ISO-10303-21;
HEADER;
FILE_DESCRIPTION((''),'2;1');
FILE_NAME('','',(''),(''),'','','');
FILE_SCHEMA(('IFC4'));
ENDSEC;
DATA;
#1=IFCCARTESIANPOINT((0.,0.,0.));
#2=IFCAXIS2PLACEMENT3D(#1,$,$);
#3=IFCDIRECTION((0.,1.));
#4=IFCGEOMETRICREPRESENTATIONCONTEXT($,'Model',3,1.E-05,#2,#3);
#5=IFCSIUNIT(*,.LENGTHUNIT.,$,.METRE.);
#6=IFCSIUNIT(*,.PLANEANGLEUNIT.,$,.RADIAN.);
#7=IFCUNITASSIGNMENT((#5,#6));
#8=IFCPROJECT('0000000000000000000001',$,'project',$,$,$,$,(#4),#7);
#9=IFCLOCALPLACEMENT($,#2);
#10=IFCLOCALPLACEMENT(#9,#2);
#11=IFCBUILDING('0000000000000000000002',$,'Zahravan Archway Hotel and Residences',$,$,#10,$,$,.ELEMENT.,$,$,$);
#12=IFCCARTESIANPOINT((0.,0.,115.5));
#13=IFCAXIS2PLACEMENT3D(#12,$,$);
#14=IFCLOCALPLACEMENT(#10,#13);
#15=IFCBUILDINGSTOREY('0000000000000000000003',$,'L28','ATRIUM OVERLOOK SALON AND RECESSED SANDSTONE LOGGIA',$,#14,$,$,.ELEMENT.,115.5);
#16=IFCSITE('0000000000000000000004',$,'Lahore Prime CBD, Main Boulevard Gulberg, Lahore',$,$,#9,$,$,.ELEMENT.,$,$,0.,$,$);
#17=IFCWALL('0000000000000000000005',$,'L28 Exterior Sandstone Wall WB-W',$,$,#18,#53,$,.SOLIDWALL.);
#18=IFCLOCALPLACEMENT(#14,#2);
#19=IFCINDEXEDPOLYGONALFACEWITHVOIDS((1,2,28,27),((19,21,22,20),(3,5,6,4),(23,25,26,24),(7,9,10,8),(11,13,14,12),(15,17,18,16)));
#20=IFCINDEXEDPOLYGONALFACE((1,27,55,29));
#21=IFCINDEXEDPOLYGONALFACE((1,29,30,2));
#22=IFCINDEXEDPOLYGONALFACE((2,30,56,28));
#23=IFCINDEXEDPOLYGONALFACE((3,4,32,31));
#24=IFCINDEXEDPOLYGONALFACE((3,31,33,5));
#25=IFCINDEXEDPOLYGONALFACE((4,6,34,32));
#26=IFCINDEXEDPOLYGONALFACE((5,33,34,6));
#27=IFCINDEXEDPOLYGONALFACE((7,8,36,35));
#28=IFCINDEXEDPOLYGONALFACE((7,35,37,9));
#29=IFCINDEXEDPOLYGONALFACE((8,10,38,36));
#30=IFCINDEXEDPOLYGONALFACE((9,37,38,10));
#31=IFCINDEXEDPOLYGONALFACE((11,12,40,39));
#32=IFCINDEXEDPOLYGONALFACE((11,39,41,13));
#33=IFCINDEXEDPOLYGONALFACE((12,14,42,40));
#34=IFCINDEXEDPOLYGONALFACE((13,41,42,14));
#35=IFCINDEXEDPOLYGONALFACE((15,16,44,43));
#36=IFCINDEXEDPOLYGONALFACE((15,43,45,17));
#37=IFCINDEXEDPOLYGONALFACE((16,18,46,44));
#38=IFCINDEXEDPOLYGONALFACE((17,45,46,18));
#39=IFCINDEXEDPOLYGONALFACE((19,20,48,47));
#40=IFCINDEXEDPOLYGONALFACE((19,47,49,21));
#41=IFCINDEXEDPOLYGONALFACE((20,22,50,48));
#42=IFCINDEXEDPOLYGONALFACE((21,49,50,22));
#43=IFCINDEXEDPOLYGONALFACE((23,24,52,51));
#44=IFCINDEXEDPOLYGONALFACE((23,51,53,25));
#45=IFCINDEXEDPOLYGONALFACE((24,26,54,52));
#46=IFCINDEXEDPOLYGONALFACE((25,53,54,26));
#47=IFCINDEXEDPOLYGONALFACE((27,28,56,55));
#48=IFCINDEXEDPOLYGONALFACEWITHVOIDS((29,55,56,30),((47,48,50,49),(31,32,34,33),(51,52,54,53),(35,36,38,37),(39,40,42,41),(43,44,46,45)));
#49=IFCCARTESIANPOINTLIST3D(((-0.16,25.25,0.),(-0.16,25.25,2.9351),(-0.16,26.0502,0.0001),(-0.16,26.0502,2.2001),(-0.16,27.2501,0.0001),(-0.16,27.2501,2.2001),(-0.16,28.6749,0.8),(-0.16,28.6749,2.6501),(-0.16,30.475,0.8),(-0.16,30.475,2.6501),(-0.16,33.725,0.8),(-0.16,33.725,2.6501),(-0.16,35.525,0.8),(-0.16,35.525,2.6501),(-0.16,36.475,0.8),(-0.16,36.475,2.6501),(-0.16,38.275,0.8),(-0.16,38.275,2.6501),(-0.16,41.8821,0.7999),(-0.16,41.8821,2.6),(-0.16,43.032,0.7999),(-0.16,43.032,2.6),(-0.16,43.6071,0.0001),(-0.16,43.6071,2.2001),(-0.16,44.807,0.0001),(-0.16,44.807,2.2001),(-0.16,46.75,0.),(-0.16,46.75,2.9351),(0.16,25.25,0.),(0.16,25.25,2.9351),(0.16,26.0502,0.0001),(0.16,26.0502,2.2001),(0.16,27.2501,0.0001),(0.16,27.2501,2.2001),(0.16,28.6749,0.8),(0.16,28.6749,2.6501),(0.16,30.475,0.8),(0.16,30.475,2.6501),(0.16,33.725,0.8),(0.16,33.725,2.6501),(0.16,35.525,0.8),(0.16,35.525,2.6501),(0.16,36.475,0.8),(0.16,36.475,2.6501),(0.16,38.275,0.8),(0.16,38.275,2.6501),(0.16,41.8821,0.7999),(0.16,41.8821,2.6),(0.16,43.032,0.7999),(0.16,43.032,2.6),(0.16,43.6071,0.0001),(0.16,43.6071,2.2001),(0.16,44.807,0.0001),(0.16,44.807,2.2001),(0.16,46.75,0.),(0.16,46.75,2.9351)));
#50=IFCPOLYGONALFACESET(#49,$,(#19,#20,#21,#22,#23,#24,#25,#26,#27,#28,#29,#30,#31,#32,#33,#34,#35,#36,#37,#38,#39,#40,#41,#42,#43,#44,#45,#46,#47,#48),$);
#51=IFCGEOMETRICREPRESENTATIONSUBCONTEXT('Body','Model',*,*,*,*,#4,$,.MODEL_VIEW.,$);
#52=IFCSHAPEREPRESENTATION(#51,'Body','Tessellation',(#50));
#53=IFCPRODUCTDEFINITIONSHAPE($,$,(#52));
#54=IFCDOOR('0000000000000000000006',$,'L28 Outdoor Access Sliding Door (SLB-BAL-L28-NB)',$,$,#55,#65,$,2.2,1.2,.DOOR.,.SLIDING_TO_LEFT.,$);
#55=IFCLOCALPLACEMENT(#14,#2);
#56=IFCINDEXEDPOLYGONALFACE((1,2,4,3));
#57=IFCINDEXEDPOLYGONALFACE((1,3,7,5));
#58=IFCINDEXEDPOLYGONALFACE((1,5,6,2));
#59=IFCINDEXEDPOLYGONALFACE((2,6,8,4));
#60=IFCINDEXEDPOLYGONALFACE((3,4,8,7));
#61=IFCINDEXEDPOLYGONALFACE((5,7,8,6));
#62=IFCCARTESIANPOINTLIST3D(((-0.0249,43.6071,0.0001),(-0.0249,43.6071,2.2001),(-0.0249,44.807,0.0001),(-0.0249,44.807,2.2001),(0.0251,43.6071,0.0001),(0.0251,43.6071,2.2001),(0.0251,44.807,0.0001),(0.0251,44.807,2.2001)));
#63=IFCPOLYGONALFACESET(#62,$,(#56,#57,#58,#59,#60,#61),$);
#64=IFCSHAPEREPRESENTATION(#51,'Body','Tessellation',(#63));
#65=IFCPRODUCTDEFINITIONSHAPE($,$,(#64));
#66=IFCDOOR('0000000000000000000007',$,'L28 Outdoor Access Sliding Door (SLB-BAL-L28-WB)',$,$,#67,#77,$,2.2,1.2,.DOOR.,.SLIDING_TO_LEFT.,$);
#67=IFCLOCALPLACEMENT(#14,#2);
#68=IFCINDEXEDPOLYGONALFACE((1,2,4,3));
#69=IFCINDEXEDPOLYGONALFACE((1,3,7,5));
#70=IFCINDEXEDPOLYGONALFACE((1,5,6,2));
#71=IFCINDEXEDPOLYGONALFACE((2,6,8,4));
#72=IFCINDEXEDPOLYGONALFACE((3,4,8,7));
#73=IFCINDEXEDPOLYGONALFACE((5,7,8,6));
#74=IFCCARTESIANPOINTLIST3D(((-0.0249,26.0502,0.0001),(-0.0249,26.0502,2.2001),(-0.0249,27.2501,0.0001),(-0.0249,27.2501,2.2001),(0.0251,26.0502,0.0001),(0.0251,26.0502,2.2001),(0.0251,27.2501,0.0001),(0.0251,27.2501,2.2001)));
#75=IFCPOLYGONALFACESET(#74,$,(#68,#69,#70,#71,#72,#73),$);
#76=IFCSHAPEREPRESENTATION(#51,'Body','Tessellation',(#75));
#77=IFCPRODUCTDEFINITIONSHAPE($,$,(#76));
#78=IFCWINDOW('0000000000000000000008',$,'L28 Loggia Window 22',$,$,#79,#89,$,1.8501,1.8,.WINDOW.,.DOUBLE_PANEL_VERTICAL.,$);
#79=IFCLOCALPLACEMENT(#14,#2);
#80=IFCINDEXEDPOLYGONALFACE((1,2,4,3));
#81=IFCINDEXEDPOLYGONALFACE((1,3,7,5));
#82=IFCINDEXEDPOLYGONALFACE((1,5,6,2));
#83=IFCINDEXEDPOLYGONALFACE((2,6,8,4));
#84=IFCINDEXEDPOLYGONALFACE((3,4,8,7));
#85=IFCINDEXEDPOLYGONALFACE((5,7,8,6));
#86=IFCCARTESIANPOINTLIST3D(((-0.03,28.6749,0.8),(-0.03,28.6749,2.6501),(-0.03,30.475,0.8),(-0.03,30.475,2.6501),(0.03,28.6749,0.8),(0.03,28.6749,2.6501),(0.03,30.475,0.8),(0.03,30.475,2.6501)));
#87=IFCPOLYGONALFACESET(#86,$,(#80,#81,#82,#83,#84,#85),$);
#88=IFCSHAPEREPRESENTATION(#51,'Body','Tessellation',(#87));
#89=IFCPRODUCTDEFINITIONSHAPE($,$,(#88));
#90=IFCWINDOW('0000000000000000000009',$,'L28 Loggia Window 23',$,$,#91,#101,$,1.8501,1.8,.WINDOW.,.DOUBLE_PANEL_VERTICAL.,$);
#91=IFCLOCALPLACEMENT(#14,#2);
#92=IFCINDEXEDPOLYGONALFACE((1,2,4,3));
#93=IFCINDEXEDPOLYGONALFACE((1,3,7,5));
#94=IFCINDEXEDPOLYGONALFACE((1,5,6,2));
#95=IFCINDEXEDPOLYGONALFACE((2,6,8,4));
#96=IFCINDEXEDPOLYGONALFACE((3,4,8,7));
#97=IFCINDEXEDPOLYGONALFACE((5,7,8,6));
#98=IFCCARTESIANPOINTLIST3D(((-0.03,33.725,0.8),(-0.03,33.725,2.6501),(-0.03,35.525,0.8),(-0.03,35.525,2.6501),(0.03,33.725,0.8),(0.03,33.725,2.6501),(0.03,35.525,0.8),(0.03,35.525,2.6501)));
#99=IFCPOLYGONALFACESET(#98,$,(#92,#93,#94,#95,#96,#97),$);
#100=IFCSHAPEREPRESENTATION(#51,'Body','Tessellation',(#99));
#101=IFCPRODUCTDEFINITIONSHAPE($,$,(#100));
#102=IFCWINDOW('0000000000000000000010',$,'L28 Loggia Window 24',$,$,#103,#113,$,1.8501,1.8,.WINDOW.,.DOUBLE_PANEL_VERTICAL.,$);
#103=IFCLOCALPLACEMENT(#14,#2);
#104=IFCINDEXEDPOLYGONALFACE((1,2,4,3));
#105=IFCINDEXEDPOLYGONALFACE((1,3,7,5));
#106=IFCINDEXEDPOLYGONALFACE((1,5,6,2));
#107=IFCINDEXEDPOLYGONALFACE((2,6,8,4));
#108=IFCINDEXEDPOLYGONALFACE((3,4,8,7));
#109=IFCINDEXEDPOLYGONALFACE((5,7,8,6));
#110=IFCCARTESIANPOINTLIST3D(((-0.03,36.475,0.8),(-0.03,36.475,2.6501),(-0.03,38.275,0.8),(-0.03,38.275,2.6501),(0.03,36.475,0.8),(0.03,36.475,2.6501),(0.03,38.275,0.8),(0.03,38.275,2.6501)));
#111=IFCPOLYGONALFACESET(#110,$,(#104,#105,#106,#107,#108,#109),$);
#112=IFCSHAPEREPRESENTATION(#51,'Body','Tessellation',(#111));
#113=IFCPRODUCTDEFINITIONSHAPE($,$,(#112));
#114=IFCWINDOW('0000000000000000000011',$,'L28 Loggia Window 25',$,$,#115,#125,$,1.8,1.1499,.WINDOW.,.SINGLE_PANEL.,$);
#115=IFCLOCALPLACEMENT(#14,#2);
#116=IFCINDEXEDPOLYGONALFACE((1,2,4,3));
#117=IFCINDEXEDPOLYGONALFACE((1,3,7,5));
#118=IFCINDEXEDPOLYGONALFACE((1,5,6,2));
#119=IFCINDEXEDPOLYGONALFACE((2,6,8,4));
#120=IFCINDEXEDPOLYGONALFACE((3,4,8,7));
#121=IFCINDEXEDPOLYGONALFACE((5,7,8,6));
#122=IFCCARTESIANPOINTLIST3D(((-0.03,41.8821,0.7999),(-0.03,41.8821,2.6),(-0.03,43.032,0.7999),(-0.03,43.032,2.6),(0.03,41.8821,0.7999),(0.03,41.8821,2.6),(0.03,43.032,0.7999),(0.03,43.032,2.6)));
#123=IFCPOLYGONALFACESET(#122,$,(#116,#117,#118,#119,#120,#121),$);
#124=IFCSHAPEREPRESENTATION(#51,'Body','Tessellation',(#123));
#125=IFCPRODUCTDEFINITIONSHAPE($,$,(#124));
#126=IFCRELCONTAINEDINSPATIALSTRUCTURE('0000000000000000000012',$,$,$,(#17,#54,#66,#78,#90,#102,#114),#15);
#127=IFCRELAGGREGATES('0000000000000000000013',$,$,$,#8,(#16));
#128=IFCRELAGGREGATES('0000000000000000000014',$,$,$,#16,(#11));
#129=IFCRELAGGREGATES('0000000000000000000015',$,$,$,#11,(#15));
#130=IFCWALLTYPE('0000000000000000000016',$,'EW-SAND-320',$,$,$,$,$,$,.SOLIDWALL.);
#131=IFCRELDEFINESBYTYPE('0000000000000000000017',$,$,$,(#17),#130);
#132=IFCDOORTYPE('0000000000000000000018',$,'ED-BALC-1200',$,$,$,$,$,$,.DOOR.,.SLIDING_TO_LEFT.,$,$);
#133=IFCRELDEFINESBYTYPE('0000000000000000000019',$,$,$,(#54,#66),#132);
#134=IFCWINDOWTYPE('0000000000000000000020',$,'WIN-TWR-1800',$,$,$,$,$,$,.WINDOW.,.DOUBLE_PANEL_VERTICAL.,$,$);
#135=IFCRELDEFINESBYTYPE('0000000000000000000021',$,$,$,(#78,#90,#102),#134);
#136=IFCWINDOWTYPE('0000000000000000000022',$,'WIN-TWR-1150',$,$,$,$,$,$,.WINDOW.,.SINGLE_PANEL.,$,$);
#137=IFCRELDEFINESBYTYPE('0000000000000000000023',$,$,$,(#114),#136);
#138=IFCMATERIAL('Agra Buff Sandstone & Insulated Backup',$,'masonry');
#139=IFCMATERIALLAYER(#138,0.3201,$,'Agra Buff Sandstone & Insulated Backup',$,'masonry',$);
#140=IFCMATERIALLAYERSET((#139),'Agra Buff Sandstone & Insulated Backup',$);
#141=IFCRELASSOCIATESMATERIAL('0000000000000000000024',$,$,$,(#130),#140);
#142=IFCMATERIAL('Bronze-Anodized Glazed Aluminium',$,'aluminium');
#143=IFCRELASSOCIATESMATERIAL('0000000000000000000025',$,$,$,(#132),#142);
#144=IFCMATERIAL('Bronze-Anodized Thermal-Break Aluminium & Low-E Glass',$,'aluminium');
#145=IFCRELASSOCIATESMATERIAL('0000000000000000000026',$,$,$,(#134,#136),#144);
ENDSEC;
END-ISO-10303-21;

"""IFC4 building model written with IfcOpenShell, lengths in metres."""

from ifc_helpers import new_model, si_unit, direction, frame, frame_2d, origin, place, context, subcontext, project, spatial, rectangle, extrude, source, transform, mapped, material, layer, layer_set, type_object, type_shapes, element, fill, save


model = new_model("IFC4")

# Units and contexts
model_context = context("Model", 3, precision=1e-05, world=origin(), true_north=direction((0.0, 1.0)))
body_context = subcontext(model_context, "Body", "Model", "MODEL_VIEW")
ifc_project = project(units=[si_unit("LENGTHUNIT", "METRE"), si_unit("PLANEANGLEUNIT", "RADIAN")], contexts=[model_context])

# Site, building, storey
site_placement = place(None, origin())
site = spatial("IfcSite", under=ifc_project, at=site_placement, Name="Lahore Prime CBD, Main Boulevard Gulberg, Lahore", CompositionType="ELEMENT", RefElevation=0.0)
building_placement = place(site_placement, origin())
building = spatial("IfcBuilding", under=site, at=building_placement, Name="Zahravan Archway Hotel and Residences", CompositionType="ELEMENT")
storey_placement = place(building_placement, frame((0.0, 0.0, 115.5)))
storey = spatial("IfcBuildingStorey", under=building, at=storey_placement, Name="L28", Description="ATRIUM OVERLOOK SALON AND RECESSED SANDSTONE LOGGIA", CompositionType="ELEMENT", Elevation=115.5)

# Shared definitions
ifc_material_1 = material(Name="Agra Buff Sandstone & Insulated Backup", Category="masonry")
ifc_layer_1 = layer(ifc_material_1, 0.3201, Name="Agra Buff Sandstone & Insulated Backup", Category="masonry")
ifc_layer_set_1 = layer_set([ifc_layer_1], Name="Agra Buff Sandstone & Insulated Backup")
wall_type_1 = type_object("IfcWallType", Name="EW-SAND-320", PredefinedType="SOLIDWALL", material=ifc_layer_set_1)
ifc_material_2 = material(Name="Bronze-Anodized Thermal-Break Aluminium & Low-E Glass", Category="aluminium")

# Wall, openings, doors, windows
wall_1_placement = place(storey_placement, frame((0.0, 25.25, 0.0), z_axis=(0.0, 0.0, 1.0), x_axis=(0.0, 1.0, 0.0)))
wall_1 = element("IfcWall", 1, at=wall_1_placement, inside=storey, type_object=wall_type_1, Name="L28 Exterior Sandstone Wall WB-W", PredefinedType="SOLIDWALL", context=body_context, shape_type="SweptSolid", body=[
    extrude(rectangle(XDim=21.5, YDim=0.3201, at=frame_2d((10.75, 0.0))), origin(), (0.0, 0.0, 1.0), 2.9351),
])
opening_1_placement = place(wall_1_placement, frame((18.3569, 0.0, 0.0)))
opening_1 = element("IfcOpeningElement", 2, at=opening_1_placement, cuts=wall_1, PredefinedType="OPENING", context=body_context, shape_type="SweptSolid", body=[
    extrude(rectangle(XDim=1.2, YDim=2.2, at=frame_2d((0.6001, 1.1001))), frame((0.0, 0.1699, 0.0), z_axis=(0.0, -1.0, 0.0), x_axis=(1.0, 0.0, 0.0)), (0.0, 0.0, 1.0), 0.3401),
])
opening_2_placement = place(wall_1_placement, frame((0.8, 0.0, 0.0)))
opening_2 = element("IfcOpeningElement", 3, at=opening_2_placement, cuts=wall_1, PredefinedType="OPENING", context=body_context, shape_type="SweptSolid", body=[
    extrude(rectangle(XDim=1.2, YDim=2.2, at=frame_2d((0.6001, 1.1001))), frame((0.0, 0.1699, 0.0), z_axis=(0.0, -1.0, 0.0), x_axis=(1.0, 0.0, 0.0)), (0.0, 0.0, 1.0), 0.3401),
])
opening_3_placement = place(wall_1_placement, frame((3.425, 0.0, 0.8)))
opening_3 = element("IfcOpeningElement", 4, at=opening_3_placement, cuts=wall_1, PredefinedType="OPENING", context=body_context, shape_type="SweptSolid", body=[
    extrude(rectangle(XDim=1.8, YDim=1.8501, at=frame_2d((0.8999, 0.925))), frame((0.0, 0.1699, 0.0), z_axis=(0.0, -1.0, 0.0), x_axis=(1.0, 0.0, 0.0)), (0.0, 0.0, 1.0), 0.3401),
])
opening_4_placement = place(wall_1_placement, frame((8.4751, 0.0, 0.8)))
opening_4 = element("IfcOpeningElement", 5, at=opening_4_placement, cuts=wall_1, PredefinedType="OPENING", context=body_context, shape_type="SweptSolid", body=[
    extrude(rectangle(XDim=1.8, YDim=1.8501, at=frame_2d((0.8999, 0.925))), frame((0.0, 0.1699, 0.0), z_axis=(0.0, -1.0, 0.0), x_axis=(1.0, 0.0, 0.0)), (0.0, 0.0, 1.0), 0.3401),
])
opening_5_placement = place(wall_1_placement, frame((11.2251, 0.0, 0.8)))
opening_5 = element("IfcOpeningElement", 6, at=opening_5_placement, cuts=wall_1, PredefinedType="OPENING", context=body_context, shape_type="SweptSolid", body=[
    extrude(rectangle(XDim=1.8, YDim=1.8501, at=frame_2d((0.8999, 0.925))), frame((0.0, 0.1699, 0.0), z_axis=(0.0, -1.0, 0.0), x_axis=(1.0, 0.0, 0.0)), (0.0, 0.0, 1.0), 0.3401),
])
opening_6_placement = place(wall_1_placement, frame((16.6321, 0.0, 0.8)))
opening_6 = element("IfcOpeningElement", 7, at=opening_6_placement, cuts=wall_1, PredefinedType="OPENING", context=body_context, shape_type="SweptSolid", body=[
    extrude(rectangle(XDim=1.1499, YDim=1.8, at=frame_2d((0.575, 0.8999))), frame((0.0, 0.1699, 0.0), z_axis=(0.0, -1.0, 0.0), x_axis=(1.0, 0.0, 0.0)), (0.0, 0.0, 1.0), 0.3401),
])
ifc_material_3 = material(Name="Bronze-Anodized Glazed Aluminium", Category="aluminium")
door_type = type_object("IfcDoorType", Name="ED-BALC-1200", OperationType="SLIDING_TO_LEFT", PredefinedType="DOOR", material=ifc_material_3)
shared_shape_1 = source(origin(), body_context, "Body", "SweptSolid", [
    extrude(rectangle(XDim=1.2, YDim=2.2, at=frame_2d((0.6001, 1.1001))), frame((0.0, 0.0249, 0.0), z_axis=(0.0, -1.0, 0.0), x_axis=(1.0, 0.0, 0.0)), (0.0, 0.0, 1.0), 0.05),
])
type_shapes(door_type, [shared_shape_1])
door_1_placement = place(opening_1_placement, origin())
door_1 = element("IfcDoor", 8, at=door_1_placement, inside=storey, type_object=door_type, Name="L28 Outdoor Access Sliding Door (SLB-BAL-L28-NB)", OperationType="SLIDING_TO_LEFT", OverallHeight=2.2, OverallWidth=1.2, PredefinedType="DOOR", context=body_context, shape_type="MappedRepresentation", body=[
    mapped(shared_shape_1, transform((0.0, 0.0, 0.0), scale=1.0)),
])
fill(opening_1, door_1)
door_2_placement = place(opening_2_placement, origin())
door_2 = element("IfcDoor", 9, at=door_2_placement, inside=storey, type_object=door_type, Name="L28 Outdoor Access Sliding Door (SLB-BAL-L28-WB)", OperationType="SLIDING_TO_LEFT", OverallHeight=2.2, OverallWidth=1.2, PredefinedType="DOOR", context=body_context, shape_type="MappedRepresentation", body=[
    mapped(shared_shape_1, transform((0.0, 0.0, 0.0), scale=1.0)),
])
fill(opening_2, door_2)
window_type_1 = type_object("IfcWindowType", Name="WIN-TWR-1800", PartitioningType="DOUBLE_PANEL_VERTICAL", PredefinedType="WINDOW", material=ifc_material_2)
shared_shape_2 = source(origin(), body_context, "Body", "SweptSolid", [
    extrude(rectangle(XDim=1.8, YDim=1.8501, at=frame_2d((0.8999, 0.925))), frame((0.0, 0.03, 0.0), z_axis=(0.0, -1.0, 0.0), x_axis=(1.0, 0.0, 0.0)), (0.0, 0.0, 1.0), 0.0601),
])
type_shapes(window_type_1, [shared_shape_2])
window_1_placement = place(opening_3_placement, origin())
window_1 = element("IfcWindow", 10, at=window_1_placement, inside=storey, type_object=window_type_1, Name="L28 Loggia Window 22", OverallHeight=1.8501, OverallWidth=1.8, PartitioningType="DOUBLE_PANEL_VERTICAL", PredefinedType="WINDOW", context=body_context, shape_type="MappedRepresentation", body=[
    mapped(shared_shape_2, transform((0.0, 0.0, 0.0), scale=1.0)),
])
fill(opening_3, window_1)
window_2_placement = place(opening_4_placement, origin())
window_2 = element("IfcWindow", 11, at=window_2_placement, inside=storey, type_object=window_type_1, Name="L28 Loggia Window 23", OverallHeight=1.8501, OverallWidth=1.8, PartitioningType="DOUBLE_PANEL_VERTICAL", PredefinedType="WINDOW", context=body_context, shape_type="MappedRepresentation", body=[
    mapped(shared_shape_2, transform((0.0, 0.0, 0.0), scale=1.0)),
])
fill(opening_4, window_2)
window_3_placement = place(opening_5_placement, origin())
window_3 = element("IfcWindow", 12, at=window_3_placement, inside=storey, type_object=window_type_1, Name="L28 Loggia Window 24", OverallHeight=1.8501, OverallWidth=1.8, PartitioningType="DOUBLE_PANEL_VERTICAL", PredefinedType="WINDOW", context=body_context, shape_type="MappedRepresentation", body=[
    mapped(shared_shape_2, transform((0.0, 0.0, 0.0), scale=1.0)),
])
fill(opening_5, window_3)
window_type_2 = type_object("IfcWindowType", Name="WIN-TWR-1150", PartitioningType="SINGLE_PANEL", PredefinedType="WINDOW", material=ifc_material_2)
shared_shape_3 = source(origin(), body_context, "Body", "SweptSolid", [
    extrude(rectangle(XDim=1.1499, YDim=1.8, at=frame_2d((0.575, 0.8999))), frame((0.0, 0.03, 0.0), z_axis=(0.0, -1.0, 0.0), x_axis=(1.0, 0.0, 0.0)), (0.0, 0.0, 1.0), 0.0601),
])
type_shapes(window_type_2, [shared_shape_3])
window_4_placement = place(opening_6_placement, origin())
window_4 = element("IfcWindow", 13, at=window_4_placement, inside=storey, type_object=window_type_2, Name="L28 Loggia Window 25", OverallHeight=1.8, OverallWidth=1.1499, PartitioningType="SINGLE_PANEL", PredefinedType="WINDOW", context=body_context, shape_type="MappedRepresentation", body=[
    mapped(shared_shape_3, transform((0.0, 0.0, 0.0), scale=1.0)),
])
fill(opening_6, window_4)

save(model, "model.ifc")
